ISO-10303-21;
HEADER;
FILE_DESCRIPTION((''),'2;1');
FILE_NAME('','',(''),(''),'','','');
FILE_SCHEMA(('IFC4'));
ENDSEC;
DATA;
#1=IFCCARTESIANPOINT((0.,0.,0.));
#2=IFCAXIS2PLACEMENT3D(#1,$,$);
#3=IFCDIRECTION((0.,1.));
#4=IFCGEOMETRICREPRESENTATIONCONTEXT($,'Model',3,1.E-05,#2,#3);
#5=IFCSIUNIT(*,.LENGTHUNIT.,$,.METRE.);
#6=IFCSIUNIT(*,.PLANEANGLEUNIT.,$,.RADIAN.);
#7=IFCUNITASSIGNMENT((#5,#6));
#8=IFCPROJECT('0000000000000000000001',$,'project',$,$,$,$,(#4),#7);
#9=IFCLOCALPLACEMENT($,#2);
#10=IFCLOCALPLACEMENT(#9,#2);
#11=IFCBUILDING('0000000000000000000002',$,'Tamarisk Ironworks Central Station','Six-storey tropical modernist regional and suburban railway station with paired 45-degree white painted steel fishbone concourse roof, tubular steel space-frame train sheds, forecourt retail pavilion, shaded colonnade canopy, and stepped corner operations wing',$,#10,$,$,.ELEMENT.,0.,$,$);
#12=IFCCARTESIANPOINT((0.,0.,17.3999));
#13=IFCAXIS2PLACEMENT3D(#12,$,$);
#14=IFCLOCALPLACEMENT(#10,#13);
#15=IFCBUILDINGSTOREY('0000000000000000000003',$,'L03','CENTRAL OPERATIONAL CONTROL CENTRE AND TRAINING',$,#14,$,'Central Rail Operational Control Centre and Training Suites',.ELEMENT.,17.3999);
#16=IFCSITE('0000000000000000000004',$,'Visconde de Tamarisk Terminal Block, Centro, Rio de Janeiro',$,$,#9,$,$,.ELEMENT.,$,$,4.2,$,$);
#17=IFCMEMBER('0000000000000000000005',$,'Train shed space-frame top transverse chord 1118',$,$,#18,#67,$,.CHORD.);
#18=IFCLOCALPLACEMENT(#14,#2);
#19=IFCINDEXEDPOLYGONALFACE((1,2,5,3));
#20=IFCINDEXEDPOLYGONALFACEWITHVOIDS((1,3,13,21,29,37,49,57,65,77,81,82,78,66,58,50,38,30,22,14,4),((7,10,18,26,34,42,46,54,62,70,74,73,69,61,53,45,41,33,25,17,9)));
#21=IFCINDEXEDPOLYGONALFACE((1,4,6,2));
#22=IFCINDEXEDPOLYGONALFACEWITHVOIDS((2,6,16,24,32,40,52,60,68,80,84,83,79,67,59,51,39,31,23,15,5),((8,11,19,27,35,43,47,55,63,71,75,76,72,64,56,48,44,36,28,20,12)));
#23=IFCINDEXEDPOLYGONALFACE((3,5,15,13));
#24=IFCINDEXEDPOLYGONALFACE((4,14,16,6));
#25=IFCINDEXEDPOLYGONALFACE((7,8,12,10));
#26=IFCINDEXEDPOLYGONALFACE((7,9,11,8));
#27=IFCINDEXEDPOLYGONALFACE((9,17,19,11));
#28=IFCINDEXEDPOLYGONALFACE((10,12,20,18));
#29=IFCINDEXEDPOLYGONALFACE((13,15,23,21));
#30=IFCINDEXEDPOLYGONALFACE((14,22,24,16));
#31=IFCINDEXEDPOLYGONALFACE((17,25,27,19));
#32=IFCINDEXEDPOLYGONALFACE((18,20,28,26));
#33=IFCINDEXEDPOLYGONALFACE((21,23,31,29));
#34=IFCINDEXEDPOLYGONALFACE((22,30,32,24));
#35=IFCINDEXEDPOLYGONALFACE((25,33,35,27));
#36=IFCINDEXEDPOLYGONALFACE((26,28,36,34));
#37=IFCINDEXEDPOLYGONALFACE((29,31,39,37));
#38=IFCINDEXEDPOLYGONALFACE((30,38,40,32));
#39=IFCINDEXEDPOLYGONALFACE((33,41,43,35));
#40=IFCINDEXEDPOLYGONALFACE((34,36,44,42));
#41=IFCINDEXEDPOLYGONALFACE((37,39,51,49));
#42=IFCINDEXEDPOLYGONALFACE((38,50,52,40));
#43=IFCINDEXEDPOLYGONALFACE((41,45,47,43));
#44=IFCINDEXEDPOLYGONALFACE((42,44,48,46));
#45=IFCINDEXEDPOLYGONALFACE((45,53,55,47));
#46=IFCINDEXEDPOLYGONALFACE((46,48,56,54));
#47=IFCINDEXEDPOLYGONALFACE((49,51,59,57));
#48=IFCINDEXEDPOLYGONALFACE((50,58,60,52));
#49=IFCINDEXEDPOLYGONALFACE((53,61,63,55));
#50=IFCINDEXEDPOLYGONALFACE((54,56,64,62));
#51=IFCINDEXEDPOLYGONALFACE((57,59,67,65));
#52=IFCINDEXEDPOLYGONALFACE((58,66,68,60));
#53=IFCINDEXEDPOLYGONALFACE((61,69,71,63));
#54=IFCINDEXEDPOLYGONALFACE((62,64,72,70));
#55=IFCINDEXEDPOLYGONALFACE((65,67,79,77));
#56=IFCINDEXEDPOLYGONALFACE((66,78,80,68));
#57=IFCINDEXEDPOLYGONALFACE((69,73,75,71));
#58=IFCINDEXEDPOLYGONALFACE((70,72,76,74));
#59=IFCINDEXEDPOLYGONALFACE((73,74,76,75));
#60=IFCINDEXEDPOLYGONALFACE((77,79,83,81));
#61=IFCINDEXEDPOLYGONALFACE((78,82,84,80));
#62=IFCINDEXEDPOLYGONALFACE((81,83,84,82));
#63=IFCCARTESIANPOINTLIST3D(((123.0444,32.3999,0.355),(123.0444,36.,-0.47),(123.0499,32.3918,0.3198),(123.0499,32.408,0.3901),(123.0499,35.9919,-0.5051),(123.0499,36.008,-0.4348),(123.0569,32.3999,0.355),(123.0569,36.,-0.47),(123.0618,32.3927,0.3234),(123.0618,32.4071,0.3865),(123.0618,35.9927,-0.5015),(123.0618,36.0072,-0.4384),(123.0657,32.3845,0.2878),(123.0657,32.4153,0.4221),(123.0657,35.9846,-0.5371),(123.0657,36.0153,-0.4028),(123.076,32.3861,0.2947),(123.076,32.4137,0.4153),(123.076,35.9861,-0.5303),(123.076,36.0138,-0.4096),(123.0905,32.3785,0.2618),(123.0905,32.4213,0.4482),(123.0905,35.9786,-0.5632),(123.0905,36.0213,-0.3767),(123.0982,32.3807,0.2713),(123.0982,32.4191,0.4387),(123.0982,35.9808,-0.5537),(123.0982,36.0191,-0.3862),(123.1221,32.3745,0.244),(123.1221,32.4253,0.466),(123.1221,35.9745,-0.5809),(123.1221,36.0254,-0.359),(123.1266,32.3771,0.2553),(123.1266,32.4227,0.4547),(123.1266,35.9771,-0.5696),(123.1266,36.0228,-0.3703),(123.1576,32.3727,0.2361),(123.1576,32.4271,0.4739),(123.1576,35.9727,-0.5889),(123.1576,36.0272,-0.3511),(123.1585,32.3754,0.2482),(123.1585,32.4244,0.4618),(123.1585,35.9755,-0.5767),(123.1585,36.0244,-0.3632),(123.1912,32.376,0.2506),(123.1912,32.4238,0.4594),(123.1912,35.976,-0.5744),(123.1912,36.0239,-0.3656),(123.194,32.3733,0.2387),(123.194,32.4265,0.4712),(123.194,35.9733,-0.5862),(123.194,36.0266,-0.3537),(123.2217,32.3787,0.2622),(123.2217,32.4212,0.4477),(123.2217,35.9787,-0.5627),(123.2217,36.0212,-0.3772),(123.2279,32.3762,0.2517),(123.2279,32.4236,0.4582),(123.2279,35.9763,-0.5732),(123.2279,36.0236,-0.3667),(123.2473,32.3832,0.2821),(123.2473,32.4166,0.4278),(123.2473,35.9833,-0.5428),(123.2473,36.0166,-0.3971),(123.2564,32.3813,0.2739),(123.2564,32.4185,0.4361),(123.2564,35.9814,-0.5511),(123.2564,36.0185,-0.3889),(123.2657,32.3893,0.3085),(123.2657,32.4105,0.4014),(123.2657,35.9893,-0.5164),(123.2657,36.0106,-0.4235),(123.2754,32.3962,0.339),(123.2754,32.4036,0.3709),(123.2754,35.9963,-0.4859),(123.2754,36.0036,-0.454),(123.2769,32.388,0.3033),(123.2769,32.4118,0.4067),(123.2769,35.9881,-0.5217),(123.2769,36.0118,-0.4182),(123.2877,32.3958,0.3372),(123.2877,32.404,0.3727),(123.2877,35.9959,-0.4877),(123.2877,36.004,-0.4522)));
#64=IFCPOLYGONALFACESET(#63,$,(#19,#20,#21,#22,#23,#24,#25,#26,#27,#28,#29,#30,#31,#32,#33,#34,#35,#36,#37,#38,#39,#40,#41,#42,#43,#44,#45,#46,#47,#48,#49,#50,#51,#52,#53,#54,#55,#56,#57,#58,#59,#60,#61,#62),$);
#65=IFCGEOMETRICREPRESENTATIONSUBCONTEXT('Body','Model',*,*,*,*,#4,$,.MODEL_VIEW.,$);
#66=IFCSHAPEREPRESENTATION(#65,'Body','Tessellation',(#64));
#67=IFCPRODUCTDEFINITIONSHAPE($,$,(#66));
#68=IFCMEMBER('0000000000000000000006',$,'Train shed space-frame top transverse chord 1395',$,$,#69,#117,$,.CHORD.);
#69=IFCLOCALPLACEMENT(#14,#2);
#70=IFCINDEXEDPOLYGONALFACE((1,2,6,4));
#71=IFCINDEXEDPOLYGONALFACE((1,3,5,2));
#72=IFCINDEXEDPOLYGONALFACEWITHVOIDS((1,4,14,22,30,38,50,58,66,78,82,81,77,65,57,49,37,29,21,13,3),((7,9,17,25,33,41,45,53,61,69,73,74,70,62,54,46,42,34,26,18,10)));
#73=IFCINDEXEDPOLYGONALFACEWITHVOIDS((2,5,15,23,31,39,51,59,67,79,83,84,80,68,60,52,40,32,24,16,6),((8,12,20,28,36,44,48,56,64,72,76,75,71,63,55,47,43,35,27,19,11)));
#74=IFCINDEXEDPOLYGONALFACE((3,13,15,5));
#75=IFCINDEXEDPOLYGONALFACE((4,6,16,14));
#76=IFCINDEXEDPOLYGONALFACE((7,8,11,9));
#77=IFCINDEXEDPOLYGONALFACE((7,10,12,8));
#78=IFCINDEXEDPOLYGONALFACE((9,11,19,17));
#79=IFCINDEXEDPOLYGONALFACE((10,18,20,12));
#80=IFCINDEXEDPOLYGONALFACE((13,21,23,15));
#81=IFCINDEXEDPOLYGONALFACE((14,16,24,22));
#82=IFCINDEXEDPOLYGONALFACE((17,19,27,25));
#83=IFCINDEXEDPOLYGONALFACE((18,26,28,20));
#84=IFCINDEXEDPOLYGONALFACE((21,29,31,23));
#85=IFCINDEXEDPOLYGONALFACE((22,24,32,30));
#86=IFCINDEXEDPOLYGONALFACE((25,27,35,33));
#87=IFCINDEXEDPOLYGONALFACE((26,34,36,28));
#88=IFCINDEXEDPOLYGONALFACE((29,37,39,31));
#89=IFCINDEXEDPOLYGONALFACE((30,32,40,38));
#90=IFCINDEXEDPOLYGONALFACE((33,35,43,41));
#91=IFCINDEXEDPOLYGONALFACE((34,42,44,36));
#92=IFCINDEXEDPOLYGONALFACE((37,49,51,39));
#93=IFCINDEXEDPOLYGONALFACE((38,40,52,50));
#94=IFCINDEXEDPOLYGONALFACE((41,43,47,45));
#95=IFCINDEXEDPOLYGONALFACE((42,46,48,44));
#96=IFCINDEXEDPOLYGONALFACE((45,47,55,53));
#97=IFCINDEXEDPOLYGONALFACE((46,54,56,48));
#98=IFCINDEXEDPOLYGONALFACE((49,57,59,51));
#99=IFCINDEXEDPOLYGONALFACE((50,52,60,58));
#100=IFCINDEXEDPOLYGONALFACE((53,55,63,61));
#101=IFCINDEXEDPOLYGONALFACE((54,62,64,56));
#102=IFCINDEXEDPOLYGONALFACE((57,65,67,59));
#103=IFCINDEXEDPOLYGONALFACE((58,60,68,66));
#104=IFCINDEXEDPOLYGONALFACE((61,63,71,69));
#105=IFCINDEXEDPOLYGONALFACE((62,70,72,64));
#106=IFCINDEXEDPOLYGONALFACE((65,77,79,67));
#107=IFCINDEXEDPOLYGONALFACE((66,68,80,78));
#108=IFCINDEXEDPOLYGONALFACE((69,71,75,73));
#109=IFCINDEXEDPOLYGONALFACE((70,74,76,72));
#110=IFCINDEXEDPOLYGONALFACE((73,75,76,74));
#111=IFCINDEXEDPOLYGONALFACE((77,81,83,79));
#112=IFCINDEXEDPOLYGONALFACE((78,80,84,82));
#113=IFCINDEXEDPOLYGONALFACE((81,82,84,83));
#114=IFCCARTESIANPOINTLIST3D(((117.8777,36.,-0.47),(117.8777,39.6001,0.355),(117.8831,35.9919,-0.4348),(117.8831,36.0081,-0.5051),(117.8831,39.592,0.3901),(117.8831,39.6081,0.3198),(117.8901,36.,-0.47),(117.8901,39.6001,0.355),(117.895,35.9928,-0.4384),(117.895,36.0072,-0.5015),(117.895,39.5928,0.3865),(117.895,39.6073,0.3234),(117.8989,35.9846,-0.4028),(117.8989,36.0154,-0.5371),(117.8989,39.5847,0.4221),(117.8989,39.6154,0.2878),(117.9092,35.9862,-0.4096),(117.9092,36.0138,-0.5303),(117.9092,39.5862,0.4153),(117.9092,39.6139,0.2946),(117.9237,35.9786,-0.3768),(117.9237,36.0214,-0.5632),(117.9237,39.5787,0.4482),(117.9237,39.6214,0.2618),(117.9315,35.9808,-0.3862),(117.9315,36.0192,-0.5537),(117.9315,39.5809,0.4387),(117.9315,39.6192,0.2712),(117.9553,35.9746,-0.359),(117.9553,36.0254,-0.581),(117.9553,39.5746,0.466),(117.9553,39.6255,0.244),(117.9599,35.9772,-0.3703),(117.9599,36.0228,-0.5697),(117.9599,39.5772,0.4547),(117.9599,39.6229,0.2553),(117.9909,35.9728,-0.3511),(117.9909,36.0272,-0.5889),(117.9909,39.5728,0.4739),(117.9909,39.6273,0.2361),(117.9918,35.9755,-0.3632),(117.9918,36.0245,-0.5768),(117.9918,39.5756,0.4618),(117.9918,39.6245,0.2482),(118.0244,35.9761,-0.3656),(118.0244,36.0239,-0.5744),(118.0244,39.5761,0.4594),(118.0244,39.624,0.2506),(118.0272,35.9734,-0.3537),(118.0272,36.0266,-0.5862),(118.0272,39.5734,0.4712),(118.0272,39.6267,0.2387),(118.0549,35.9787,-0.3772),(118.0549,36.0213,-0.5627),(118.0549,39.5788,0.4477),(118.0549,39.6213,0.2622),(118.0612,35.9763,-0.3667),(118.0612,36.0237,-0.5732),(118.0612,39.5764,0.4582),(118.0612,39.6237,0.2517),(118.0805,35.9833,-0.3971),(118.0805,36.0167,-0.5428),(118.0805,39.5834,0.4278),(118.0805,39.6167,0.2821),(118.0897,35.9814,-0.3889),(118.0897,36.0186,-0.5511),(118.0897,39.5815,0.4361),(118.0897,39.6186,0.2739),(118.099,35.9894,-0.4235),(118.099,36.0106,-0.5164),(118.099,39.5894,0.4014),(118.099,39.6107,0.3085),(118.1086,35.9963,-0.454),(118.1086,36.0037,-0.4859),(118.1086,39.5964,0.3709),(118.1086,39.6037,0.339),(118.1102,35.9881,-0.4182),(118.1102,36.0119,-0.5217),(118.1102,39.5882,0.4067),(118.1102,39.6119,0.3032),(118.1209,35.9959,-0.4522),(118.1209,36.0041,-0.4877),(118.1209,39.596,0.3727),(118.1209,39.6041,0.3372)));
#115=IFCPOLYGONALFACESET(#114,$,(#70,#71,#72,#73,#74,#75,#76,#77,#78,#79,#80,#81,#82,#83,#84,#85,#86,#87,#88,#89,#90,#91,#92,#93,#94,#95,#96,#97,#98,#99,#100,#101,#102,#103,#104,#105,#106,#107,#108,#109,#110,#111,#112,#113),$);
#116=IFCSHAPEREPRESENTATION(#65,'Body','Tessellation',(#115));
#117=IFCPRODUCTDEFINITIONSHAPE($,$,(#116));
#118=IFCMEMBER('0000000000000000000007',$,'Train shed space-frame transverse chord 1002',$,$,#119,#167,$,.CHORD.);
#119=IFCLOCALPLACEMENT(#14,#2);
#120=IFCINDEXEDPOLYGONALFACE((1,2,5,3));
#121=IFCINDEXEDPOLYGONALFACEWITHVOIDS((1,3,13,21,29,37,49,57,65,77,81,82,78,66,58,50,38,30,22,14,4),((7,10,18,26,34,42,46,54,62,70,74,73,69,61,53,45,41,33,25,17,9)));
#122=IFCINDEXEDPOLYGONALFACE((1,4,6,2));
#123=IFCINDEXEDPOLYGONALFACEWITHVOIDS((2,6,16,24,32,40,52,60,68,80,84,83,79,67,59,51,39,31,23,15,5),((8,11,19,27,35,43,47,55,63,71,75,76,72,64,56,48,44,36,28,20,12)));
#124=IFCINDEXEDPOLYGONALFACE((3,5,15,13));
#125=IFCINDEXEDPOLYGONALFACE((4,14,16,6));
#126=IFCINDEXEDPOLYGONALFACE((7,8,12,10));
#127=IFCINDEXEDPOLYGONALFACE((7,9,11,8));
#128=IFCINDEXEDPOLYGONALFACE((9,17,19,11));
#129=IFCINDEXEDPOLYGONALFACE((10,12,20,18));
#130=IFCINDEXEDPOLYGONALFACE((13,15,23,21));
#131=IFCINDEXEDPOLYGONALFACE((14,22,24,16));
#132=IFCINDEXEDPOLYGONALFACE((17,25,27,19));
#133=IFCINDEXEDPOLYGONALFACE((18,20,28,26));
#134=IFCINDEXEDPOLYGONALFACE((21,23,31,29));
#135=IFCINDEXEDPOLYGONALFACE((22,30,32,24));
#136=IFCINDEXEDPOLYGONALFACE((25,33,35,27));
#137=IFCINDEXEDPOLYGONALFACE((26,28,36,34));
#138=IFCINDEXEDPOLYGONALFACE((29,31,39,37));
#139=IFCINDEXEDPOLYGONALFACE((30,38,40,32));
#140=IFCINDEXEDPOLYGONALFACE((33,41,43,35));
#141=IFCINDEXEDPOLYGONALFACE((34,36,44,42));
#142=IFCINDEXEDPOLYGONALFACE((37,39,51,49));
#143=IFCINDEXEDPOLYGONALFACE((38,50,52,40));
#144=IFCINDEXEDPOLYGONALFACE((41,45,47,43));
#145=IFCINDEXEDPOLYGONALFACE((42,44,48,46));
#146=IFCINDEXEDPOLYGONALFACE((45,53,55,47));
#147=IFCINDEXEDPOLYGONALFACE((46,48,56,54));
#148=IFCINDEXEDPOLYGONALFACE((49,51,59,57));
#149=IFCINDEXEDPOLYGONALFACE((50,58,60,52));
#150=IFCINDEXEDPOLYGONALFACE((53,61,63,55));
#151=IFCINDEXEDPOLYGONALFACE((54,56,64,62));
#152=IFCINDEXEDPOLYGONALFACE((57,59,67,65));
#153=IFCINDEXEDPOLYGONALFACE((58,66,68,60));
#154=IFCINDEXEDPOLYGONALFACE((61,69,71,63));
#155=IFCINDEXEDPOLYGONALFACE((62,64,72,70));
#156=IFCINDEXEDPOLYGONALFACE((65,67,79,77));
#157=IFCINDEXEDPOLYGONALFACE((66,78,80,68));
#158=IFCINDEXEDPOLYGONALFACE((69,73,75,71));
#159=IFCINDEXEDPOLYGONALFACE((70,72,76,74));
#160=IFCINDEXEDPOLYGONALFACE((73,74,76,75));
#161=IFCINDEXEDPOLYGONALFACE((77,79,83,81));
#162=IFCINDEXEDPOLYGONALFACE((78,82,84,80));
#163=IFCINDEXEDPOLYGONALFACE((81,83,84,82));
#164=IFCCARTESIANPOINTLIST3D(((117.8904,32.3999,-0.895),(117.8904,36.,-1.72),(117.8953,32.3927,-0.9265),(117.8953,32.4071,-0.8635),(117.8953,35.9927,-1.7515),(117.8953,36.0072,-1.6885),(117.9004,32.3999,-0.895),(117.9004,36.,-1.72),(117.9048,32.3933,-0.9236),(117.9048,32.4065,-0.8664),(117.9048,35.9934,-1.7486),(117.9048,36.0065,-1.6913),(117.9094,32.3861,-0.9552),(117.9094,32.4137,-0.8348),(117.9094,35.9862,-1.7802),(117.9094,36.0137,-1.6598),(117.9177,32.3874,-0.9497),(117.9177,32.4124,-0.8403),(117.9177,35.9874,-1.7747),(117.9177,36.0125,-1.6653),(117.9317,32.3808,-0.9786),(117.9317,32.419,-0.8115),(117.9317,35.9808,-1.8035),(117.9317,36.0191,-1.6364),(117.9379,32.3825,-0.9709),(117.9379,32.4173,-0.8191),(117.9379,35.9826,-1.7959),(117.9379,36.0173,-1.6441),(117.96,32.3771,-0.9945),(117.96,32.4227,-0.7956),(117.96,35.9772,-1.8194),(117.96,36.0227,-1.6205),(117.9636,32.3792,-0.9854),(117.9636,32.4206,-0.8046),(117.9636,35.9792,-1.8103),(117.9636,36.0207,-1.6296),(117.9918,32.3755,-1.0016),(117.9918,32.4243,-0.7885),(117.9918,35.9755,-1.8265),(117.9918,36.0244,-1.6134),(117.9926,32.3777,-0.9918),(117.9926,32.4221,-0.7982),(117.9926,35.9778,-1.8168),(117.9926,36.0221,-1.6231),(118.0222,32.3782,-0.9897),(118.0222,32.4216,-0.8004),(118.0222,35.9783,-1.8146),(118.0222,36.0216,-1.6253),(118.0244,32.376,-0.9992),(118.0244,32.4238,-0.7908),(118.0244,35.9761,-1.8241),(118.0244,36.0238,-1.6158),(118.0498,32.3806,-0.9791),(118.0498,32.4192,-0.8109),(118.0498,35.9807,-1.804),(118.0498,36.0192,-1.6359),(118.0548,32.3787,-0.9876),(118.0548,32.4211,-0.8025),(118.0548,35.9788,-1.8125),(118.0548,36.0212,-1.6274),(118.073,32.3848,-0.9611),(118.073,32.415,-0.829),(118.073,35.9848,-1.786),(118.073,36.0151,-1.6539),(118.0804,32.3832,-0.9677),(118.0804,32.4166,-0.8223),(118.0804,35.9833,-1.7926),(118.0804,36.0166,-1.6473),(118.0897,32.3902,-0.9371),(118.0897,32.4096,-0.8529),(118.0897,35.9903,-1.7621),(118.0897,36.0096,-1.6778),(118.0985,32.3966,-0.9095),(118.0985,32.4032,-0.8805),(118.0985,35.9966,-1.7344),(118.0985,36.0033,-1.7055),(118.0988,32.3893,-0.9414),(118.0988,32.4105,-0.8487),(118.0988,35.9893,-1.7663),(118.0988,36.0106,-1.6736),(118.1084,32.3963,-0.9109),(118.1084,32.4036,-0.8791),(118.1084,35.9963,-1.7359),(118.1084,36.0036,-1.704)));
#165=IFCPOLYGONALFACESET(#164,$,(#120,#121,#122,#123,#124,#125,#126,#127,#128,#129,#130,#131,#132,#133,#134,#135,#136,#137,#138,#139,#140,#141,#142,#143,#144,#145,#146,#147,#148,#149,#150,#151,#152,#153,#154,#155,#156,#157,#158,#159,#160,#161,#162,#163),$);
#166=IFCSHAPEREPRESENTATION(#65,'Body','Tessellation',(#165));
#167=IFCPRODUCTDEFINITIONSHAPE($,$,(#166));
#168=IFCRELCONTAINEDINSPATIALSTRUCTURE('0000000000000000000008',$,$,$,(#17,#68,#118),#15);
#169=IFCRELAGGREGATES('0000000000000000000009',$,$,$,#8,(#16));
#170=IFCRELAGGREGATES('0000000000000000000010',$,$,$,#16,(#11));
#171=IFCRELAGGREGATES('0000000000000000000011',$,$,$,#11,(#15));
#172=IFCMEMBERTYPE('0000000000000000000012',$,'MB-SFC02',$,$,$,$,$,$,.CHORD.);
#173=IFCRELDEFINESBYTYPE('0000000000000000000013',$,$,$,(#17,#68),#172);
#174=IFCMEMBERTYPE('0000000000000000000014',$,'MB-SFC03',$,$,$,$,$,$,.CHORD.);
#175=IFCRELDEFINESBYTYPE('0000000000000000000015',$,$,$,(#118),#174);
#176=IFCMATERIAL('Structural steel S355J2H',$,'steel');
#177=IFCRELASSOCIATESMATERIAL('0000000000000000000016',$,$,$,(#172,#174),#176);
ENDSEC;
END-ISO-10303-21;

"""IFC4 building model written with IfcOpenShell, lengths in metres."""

from ifc_helpers import new_model, si_unit, direction, frame, origin, origin_2d, place, context, subcontext, project, spatial, hollow_circle, extrude, material, material_profile, profile_set, type_object, element, save


model = new_model("IFC4")

# Units and contexts
model_context = context("Model", 3, precision=1e-05, world=origin(), true_north=direction((0.0, 1.0)))
body_context = subcontext(model_context, "Body", "Model", "MODEL_VIEW")
ifc_project = project(units=[si_unit("LENGTHUNIT", "METRE"), si_unit("PLANEANGLEUNIT", "RADIAN")], contexts=[model_context])

# Site, building, storey
site_placement = place(None, origin())
site = spatial("IfcSite", under=ifc_project, at=site_placement, Name="Visconde de Tamarisk Terminal Block, Centro, Rio de Janeiro", CompositionType="ELEMENT", RefElevation=4.2)
building_placement = place(site_placement, origin())
building = spatial("IfcBuilding", under=site, at=building_placement, Name="Tamarisk Ironworks Central Station", Description="Six-storey tropical modernist regional and suburban railway station with paired 45-degree white painted steel fishbone concourse roof, tubular steel space-frame train sheds, forecourt retail pavilion, shaded colonnade canopy, and stepped corner operations wing", CompositionType="ELEMENT", ElevationOfRefHeight=0.0)
storey_placement = place(building_placement, frame((0.0, 0.0, 17.3999)))
storey = spatial("IfcBuildingStorey", under=building, at=storey_placement, Name="L03", Description="CENTRAL OPERATIONAL CONTROL CENTRE AND TRAINING", LongName="Central Rail Operational Control Centre and Training Suites", CompositionType="ELEMENT", Elevation=17.3999)

# Members
ifc_material_1 = material(Name="Structural steel S355J2H", Category="steel")
ifc_material_profile_1 = material_profile(ifc_material_1, hollow_circle(Radius=0.1223, WallThickness=0.0125, at=origin_2d()), Name="CHS 244.5x12.5")
ifc_profile_set_1 = profile_set([ifc_material_profile_1], Name="Structural steel S355J2H")
member_type_1 = type_object("IfcMemberType", Name="MB-SFC02", PredefinedType="CHORD", material=ifc_profile_set_1)
for number, where, z_axis, x_axis, name in (
    (1, (123.1667, 32.3999, 0.355), (0.0, 0.974737, -0.223358), (-1.0, 0.0, 0.0), "Train shed space-frame top transverse chord 1118"),
    (2, (118.0, 36.0, -0.47), (0.0, 0.974737, 0.223358), (-1.0, 0.0, 0.0), "Train shed space-frame top transverse chord 1395"),
):
    element("IfcMember", number, at=place(storey_placement, frame(where, z_axis=z_axis, x_axis=x_axis)), inside=storey, type_object=member_type_1, Name=name, PredefinedType="CHORD", context=body_context, shape_type="SweptSolid", body=[
        extrude(hollow_circle(Radius=0.1223, WallThickness=0.0125, at=origin_2d()), origin(), (0.0, 0.0, 1.0), 3.6934),
    ])
ifc_material_profile_2 = material_profile(ifc_material_1, hollow_circle(Radius=0.1096, WallThickness=0.01, at=origin_2d()), Name="CHS 219.1x10")
ifc_profile_set_2 = profile_set([ifc_material_profile_2], Name="Structural steel S355J2H")
member_type_2 = type_object("IfcMemberType", Name="MB-SFC03", PredefinedType="CHORD", material=ifc_profile_set_2)
member_1_placement = place(storey_placement, frame((118.0, 32.3999, -0.895), z_axis=(0.0, 0.974737, -0.223358), x_axis=(-1.0, 0.0, 0.0)))
element("IfcMember", 3, at=member_1_placement, inside=storey, type_object=member_type_2, Name="Train shed space-frame transverse chord 1002", PredefinedType="CHORD", context=body_context, shape_type="SweptSolid", body=[
    extrude(hollow_circle(Radius=0.1096, WallThickness=0.01, at=origin_2d()), origin(), (0.0, 0.0, 1.0), 3.6934),
])

save(model, "model.ifc")
